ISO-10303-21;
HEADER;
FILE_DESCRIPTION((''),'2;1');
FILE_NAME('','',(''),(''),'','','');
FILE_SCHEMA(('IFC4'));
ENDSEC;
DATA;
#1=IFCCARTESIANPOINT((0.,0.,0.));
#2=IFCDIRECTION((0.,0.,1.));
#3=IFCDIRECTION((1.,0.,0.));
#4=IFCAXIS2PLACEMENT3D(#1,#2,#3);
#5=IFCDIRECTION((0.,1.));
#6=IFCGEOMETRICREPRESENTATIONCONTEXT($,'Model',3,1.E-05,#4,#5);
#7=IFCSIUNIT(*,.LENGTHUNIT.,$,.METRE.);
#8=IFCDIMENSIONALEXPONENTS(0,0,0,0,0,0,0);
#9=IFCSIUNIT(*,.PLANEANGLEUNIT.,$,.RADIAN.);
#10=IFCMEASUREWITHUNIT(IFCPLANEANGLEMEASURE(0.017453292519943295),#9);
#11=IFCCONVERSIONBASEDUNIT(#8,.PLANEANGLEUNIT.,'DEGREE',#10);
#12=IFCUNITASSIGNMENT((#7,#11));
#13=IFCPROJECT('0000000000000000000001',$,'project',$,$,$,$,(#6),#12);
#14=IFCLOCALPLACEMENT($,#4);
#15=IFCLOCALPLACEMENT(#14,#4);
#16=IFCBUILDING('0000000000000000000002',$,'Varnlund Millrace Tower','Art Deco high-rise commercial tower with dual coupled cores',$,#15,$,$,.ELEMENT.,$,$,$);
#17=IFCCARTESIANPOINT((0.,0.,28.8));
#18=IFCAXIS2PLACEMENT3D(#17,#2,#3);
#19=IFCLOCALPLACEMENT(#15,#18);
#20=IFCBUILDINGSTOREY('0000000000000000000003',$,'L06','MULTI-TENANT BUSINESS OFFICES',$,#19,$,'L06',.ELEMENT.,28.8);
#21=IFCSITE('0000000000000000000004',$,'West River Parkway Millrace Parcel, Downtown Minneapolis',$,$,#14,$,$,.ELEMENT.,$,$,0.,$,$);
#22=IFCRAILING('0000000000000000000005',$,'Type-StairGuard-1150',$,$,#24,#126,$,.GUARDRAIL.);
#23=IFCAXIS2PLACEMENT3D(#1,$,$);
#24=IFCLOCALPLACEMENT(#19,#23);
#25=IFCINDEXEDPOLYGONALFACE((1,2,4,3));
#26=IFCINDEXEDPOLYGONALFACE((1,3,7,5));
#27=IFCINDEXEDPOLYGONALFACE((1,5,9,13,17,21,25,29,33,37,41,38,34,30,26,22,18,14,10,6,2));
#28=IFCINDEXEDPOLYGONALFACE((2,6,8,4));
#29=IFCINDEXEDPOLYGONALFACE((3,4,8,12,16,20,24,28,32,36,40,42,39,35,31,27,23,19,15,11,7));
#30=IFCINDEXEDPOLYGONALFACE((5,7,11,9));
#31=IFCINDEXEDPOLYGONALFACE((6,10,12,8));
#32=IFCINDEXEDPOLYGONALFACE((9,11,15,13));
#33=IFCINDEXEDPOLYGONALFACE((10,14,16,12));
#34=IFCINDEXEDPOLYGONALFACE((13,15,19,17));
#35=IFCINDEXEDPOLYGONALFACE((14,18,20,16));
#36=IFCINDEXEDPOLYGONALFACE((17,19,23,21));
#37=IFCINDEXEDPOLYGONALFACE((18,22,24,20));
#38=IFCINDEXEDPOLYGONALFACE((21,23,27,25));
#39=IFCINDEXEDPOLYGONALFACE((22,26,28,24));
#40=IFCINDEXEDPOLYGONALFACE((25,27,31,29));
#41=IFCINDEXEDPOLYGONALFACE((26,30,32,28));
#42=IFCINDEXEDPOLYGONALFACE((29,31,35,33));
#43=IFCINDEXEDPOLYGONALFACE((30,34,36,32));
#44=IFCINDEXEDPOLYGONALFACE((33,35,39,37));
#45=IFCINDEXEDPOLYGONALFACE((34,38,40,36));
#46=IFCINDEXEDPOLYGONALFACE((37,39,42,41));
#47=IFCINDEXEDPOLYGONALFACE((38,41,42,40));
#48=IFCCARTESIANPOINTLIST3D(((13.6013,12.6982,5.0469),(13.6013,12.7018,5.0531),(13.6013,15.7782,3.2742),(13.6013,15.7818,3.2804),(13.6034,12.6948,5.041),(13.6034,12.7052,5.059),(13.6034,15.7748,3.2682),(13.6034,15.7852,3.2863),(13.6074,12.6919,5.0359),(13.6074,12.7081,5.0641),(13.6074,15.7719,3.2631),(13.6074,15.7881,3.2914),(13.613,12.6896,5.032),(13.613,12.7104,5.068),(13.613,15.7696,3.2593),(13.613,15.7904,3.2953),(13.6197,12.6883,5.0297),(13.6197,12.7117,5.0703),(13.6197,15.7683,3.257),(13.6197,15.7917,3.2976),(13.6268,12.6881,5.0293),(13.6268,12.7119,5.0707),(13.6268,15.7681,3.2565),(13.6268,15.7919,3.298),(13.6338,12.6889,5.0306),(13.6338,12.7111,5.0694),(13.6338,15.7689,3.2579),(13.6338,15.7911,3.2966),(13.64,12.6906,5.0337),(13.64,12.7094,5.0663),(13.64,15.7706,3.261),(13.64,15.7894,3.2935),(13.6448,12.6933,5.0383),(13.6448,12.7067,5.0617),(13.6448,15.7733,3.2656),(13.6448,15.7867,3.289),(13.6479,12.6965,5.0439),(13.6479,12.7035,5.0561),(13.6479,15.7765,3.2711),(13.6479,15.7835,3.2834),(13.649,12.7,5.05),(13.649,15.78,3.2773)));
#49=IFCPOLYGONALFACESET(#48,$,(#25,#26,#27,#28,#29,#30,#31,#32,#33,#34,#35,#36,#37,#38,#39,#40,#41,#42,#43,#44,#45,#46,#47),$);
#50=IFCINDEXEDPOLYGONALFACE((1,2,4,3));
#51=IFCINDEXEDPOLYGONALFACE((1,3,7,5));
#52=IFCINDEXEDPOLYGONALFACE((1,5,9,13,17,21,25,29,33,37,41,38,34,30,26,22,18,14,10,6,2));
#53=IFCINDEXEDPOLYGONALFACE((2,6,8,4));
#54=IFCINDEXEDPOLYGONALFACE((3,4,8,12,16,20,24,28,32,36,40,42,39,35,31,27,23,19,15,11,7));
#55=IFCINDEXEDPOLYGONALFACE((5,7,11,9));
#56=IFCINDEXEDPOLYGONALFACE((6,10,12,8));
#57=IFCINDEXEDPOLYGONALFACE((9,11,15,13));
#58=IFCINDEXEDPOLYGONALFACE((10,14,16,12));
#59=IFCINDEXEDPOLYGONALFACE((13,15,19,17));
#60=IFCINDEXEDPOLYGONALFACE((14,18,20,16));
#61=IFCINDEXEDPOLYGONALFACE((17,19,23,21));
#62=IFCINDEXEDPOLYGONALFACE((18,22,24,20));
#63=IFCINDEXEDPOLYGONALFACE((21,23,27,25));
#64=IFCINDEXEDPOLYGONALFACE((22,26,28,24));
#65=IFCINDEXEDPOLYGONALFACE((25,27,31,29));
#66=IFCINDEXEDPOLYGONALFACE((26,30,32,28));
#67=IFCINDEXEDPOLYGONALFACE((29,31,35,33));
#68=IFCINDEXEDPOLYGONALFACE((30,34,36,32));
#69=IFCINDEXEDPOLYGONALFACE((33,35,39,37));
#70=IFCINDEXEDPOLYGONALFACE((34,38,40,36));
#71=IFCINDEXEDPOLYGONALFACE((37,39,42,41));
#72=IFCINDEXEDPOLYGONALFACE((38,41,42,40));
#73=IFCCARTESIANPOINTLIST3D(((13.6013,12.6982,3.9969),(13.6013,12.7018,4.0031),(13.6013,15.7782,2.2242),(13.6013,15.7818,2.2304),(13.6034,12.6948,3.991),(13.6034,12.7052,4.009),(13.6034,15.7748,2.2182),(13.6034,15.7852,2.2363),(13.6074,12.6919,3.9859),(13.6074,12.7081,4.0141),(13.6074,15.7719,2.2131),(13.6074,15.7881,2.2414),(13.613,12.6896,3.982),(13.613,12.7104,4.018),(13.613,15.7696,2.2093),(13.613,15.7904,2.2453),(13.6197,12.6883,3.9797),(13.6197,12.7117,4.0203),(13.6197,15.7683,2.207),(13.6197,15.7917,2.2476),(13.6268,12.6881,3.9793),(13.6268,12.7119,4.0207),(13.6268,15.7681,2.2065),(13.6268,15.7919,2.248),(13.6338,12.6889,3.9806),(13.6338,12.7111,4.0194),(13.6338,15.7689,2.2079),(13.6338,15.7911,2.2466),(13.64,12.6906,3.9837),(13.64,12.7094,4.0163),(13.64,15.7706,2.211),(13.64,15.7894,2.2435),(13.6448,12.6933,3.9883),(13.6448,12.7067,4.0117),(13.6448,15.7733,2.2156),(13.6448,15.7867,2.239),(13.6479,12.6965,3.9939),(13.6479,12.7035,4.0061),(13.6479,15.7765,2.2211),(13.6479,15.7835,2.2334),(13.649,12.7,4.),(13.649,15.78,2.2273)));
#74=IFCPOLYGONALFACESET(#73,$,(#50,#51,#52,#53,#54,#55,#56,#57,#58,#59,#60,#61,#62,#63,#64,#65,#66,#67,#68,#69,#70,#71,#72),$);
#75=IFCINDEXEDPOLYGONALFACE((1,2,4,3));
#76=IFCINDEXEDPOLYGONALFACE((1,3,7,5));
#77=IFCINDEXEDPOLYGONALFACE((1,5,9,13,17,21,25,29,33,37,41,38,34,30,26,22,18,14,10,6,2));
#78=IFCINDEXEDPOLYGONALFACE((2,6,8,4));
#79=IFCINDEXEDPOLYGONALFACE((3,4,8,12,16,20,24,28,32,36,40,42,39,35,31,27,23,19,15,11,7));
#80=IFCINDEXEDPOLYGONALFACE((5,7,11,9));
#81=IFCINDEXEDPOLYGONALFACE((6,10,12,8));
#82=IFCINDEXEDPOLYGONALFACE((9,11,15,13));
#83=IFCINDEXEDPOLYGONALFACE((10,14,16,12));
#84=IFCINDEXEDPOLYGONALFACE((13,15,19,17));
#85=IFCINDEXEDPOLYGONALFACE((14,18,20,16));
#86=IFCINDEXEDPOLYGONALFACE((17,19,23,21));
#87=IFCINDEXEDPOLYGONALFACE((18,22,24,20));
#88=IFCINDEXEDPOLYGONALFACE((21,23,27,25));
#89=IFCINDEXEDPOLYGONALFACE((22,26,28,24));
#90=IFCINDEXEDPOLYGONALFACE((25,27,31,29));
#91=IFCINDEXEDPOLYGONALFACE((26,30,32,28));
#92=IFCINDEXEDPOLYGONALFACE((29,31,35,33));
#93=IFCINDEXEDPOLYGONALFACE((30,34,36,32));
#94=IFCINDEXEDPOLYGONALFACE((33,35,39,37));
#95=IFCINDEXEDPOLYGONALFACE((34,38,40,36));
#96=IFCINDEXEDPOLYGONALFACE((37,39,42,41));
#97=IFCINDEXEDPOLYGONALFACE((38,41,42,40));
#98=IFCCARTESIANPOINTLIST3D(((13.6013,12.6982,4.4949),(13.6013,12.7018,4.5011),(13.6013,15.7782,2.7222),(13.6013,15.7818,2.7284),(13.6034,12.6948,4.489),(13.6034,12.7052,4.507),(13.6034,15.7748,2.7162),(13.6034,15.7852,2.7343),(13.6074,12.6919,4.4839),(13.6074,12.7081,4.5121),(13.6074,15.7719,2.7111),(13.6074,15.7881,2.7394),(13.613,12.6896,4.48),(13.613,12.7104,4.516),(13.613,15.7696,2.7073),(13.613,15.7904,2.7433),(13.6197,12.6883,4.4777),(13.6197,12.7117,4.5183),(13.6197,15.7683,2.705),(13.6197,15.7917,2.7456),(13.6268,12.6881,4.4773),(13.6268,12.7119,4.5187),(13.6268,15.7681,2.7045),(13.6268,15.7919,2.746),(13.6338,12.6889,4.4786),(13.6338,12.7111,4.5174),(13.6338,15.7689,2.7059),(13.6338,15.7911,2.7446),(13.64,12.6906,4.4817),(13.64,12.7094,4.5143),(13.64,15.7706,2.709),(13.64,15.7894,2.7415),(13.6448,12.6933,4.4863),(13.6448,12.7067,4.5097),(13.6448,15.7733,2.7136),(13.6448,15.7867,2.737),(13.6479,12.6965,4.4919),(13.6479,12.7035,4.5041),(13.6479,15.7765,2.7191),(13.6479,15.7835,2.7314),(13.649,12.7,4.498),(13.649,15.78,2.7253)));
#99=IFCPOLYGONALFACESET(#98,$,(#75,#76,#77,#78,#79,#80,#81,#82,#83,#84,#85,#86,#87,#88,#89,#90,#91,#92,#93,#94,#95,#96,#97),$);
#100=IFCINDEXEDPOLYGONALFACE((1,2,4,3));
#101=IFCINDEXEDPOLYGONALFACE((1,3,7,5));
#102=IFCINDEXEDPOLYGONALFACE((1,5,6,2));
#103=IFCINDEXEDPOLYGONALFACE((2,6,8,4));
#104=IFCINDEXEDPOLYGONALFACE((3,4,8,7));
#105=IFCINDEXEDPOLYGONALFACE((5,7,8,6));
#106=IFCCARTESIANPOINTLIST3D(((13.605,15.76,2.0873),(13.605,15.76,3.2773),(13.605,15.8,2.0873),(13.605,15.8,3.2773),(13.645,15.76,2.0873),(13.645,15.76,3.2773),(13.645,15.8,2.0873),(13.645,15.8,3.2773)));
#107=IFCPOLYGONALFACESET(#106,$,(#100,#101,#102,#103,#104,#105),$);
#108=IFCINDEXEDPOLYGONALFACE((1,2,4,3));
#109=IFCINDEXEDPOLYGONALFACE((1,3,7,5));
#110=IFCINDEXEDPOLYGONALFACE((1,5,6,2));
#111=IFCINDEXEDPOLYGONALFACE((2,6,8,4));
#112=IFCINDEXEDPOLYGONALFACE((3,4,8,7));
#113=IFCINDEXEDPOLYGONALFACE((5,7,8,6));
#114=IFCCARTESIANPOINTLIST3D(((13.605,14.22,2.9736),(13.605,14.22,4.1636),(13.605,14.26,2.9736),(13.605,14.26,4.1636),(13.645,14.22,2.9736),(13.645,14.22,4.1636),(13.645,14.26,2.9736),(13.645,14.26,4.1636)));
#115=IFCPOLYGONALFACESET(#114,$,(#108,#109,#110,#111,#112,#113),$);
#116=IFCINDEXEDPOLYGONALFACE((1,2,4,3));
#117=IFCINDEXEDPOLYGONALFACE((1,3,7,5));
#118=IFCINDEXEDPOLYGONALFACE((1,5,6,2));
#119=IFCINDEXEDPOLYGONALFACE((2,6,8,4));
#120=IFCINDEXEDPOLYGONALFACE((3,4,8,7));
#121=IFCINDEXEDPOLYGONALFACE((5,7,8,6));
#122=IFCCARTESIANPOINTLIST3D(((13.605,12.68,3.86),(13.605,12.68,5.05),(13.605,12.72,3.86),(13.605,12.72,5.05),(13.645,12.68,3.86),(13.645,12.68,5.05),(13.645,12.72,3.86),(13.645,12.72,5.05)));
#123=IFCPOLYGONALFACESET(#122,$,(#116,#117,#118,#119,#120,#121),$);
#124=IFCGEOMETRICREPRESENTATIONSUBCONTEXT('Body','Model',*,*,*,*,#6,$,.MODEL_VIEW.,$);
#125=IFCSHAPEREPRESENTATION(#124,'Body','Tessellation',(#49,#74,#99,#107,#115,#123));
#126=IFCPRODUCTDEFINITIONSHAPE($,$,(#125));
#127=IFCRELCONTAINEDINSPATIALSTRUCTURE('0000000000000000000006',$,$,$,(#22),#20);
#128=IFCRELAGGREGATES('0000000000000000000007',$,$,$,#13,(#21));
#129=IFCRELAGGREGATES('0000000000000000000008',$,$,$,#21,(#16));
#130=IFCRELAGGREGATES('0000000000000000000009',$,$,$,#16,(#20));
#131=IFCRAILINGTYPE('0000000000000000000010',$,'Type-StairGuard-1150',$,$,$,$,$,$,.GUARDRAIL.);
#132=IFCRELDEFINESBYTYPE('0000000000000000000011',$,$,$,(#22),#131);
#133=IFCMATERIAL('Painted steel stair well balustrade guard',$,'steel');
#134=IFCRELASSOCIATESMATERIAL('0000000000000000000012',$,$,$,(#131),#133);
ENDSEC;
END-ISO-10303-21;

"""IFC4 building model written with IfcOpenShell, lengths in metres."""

from ifc_helpers import new_model, entity, si_unit, converted_unit, direction, frame, origin_with_axes, origin_2d_with_axis, place, context, subcontext, project, spatial, rectangle, circle, extrude, material, type_object, element, save


model = new_model("IFC4")

# Units and contexts
model_context = context("Model", 3, precision=1e-05, world=origin_with_axes(), true_north=direction((0.0, 1.0)))
body_context = subcontext(model_context, "Body", "Model", "MODEL_VIEW")
ifc_project = project(units=[si_unit("LENGTHUNIT", "METRE"), converted_unit("PLANEANGLEUNIT", "DEGREE", entity("IfcPlaneAngleMeasure", 0.017453292519943295), si_unit("PLANEANGLEUNIT", "RADIAN"), dimensions=[0, 0, 0, 0, 0, 0, 0])], contexts=[model_context])

# Site, building, storey
site_placement = place(None, origin_with_axes())
site = spatial("IfcSite", under=ifc_project, at=site_placement, Name="West River Parkway Millrace Parcel, Downtown Minneapolis", CompositionType="ELEMENT", RefElevation=0.0)
building_placement = place(site_placement, origin_with_axes())
building = spatial("IfcBuilding", under=site, at=building_placement, Name="Varnlund Millrace Tower", Description="Art Deco high-rise commercial tower with dual coupled cores", CompositionType="ELEMENT")
storey_placement = place(building_placement, frame((0.0, 0.0, 28.8), z_axis=(0.0, 0.0, 1.0), x_axis=(1.0, 0.0, 0.0)))
storey = spatial("IfcBuildingStorey", under=building, at=storey_placement, Name="L06", Description="MULTI-TENANT BUSINESS OFFICES", LongName="L06", CompositionType="ELEMENT", Elevation=28.8)

# Railing
ifc_material_1 = material(Name="Painted steel stair well balustrade guard", Category="steel")
railing_type_1 = type_object("IfcRailingType", Name="Type-StairGuard-1150", PredefinedType="GUARDRAIL", material=ifc_material_1)
railing_1_placement = place(storey_placement, frame((0.0, 0.0, -28.8), z_axis=(0.0, 0.0, 1.0), x_axis=(1.0, 0.0, 0.0)))
element("IfcRailing", 1, at=railing_1_placement, inside=storey, type_object=railing_type_1, Name="Type-StairGuard-1150", PredefinedType="GUARDRAIL", context=body_context, shape_type="SweptSolid", body=[
    extrude(circle(Radius=0.024, at=origin_2d_with_axis()), frame((13.625, 15.78, 32.0773), z_axis=(0.0, -0.866696, 0.498836), x_axis=(1.0, 0.0, 0.0)), (0.0, 0.0, 1.0), 3.5537),
    extrude(circle(Radius=0.024, at=origin_2d_with_axis()), frame((13.625, 15.78, 31.0273), z_axis=(0.0, -0.866696, 0.498836), x_axis=(1.0, 0.0, 0.0)), (0.0, 0.0, 1.0), 3.5537),
    extrude(circle(Radius=0.024, at=origin_2d_with_axis()), frame((13.625, 15.78, 31.5253), z_axis=(0.0, -0.866696, 0.498836), x_axis=(1.0, 0.0, 0.0)), (0.0, 0.0, 1.0), 3.5537),
    extrude(rectangle(XDim=0.04, YDim=0.04, at=origin_2d_with_axis()), frame((13.625, 15.78, 30.8873), z_axis=(0.0, 0.0, 1.0), x_axis=(1.0, 0.0, 0.0)), (0.0, 0.0, 1.0), 1.19),
    extrude(rectangle(XDim=0.04, YDim=0.04, at=origin_2d_with_axis()), frame((13.625, 14.24, 31.7736), z_axis=(0.0, 0.0, 1.0), x_axis=(1.0, 0.0, 0.0)), (0.0, 0.0, 1.0), 1.19),
    extrude(rectangle(XDim=0.04, YDim=0.04, at=origin_2d_with_axis()), frame((13.625, 12.7, 32.66), z_axis=(0.0, 0.0, 1.0), x_axis=(1.0, 0.0, 0.0)), (0.0, 0.0, 1.0), 1.19),
])

save(model, "model.ifc")
